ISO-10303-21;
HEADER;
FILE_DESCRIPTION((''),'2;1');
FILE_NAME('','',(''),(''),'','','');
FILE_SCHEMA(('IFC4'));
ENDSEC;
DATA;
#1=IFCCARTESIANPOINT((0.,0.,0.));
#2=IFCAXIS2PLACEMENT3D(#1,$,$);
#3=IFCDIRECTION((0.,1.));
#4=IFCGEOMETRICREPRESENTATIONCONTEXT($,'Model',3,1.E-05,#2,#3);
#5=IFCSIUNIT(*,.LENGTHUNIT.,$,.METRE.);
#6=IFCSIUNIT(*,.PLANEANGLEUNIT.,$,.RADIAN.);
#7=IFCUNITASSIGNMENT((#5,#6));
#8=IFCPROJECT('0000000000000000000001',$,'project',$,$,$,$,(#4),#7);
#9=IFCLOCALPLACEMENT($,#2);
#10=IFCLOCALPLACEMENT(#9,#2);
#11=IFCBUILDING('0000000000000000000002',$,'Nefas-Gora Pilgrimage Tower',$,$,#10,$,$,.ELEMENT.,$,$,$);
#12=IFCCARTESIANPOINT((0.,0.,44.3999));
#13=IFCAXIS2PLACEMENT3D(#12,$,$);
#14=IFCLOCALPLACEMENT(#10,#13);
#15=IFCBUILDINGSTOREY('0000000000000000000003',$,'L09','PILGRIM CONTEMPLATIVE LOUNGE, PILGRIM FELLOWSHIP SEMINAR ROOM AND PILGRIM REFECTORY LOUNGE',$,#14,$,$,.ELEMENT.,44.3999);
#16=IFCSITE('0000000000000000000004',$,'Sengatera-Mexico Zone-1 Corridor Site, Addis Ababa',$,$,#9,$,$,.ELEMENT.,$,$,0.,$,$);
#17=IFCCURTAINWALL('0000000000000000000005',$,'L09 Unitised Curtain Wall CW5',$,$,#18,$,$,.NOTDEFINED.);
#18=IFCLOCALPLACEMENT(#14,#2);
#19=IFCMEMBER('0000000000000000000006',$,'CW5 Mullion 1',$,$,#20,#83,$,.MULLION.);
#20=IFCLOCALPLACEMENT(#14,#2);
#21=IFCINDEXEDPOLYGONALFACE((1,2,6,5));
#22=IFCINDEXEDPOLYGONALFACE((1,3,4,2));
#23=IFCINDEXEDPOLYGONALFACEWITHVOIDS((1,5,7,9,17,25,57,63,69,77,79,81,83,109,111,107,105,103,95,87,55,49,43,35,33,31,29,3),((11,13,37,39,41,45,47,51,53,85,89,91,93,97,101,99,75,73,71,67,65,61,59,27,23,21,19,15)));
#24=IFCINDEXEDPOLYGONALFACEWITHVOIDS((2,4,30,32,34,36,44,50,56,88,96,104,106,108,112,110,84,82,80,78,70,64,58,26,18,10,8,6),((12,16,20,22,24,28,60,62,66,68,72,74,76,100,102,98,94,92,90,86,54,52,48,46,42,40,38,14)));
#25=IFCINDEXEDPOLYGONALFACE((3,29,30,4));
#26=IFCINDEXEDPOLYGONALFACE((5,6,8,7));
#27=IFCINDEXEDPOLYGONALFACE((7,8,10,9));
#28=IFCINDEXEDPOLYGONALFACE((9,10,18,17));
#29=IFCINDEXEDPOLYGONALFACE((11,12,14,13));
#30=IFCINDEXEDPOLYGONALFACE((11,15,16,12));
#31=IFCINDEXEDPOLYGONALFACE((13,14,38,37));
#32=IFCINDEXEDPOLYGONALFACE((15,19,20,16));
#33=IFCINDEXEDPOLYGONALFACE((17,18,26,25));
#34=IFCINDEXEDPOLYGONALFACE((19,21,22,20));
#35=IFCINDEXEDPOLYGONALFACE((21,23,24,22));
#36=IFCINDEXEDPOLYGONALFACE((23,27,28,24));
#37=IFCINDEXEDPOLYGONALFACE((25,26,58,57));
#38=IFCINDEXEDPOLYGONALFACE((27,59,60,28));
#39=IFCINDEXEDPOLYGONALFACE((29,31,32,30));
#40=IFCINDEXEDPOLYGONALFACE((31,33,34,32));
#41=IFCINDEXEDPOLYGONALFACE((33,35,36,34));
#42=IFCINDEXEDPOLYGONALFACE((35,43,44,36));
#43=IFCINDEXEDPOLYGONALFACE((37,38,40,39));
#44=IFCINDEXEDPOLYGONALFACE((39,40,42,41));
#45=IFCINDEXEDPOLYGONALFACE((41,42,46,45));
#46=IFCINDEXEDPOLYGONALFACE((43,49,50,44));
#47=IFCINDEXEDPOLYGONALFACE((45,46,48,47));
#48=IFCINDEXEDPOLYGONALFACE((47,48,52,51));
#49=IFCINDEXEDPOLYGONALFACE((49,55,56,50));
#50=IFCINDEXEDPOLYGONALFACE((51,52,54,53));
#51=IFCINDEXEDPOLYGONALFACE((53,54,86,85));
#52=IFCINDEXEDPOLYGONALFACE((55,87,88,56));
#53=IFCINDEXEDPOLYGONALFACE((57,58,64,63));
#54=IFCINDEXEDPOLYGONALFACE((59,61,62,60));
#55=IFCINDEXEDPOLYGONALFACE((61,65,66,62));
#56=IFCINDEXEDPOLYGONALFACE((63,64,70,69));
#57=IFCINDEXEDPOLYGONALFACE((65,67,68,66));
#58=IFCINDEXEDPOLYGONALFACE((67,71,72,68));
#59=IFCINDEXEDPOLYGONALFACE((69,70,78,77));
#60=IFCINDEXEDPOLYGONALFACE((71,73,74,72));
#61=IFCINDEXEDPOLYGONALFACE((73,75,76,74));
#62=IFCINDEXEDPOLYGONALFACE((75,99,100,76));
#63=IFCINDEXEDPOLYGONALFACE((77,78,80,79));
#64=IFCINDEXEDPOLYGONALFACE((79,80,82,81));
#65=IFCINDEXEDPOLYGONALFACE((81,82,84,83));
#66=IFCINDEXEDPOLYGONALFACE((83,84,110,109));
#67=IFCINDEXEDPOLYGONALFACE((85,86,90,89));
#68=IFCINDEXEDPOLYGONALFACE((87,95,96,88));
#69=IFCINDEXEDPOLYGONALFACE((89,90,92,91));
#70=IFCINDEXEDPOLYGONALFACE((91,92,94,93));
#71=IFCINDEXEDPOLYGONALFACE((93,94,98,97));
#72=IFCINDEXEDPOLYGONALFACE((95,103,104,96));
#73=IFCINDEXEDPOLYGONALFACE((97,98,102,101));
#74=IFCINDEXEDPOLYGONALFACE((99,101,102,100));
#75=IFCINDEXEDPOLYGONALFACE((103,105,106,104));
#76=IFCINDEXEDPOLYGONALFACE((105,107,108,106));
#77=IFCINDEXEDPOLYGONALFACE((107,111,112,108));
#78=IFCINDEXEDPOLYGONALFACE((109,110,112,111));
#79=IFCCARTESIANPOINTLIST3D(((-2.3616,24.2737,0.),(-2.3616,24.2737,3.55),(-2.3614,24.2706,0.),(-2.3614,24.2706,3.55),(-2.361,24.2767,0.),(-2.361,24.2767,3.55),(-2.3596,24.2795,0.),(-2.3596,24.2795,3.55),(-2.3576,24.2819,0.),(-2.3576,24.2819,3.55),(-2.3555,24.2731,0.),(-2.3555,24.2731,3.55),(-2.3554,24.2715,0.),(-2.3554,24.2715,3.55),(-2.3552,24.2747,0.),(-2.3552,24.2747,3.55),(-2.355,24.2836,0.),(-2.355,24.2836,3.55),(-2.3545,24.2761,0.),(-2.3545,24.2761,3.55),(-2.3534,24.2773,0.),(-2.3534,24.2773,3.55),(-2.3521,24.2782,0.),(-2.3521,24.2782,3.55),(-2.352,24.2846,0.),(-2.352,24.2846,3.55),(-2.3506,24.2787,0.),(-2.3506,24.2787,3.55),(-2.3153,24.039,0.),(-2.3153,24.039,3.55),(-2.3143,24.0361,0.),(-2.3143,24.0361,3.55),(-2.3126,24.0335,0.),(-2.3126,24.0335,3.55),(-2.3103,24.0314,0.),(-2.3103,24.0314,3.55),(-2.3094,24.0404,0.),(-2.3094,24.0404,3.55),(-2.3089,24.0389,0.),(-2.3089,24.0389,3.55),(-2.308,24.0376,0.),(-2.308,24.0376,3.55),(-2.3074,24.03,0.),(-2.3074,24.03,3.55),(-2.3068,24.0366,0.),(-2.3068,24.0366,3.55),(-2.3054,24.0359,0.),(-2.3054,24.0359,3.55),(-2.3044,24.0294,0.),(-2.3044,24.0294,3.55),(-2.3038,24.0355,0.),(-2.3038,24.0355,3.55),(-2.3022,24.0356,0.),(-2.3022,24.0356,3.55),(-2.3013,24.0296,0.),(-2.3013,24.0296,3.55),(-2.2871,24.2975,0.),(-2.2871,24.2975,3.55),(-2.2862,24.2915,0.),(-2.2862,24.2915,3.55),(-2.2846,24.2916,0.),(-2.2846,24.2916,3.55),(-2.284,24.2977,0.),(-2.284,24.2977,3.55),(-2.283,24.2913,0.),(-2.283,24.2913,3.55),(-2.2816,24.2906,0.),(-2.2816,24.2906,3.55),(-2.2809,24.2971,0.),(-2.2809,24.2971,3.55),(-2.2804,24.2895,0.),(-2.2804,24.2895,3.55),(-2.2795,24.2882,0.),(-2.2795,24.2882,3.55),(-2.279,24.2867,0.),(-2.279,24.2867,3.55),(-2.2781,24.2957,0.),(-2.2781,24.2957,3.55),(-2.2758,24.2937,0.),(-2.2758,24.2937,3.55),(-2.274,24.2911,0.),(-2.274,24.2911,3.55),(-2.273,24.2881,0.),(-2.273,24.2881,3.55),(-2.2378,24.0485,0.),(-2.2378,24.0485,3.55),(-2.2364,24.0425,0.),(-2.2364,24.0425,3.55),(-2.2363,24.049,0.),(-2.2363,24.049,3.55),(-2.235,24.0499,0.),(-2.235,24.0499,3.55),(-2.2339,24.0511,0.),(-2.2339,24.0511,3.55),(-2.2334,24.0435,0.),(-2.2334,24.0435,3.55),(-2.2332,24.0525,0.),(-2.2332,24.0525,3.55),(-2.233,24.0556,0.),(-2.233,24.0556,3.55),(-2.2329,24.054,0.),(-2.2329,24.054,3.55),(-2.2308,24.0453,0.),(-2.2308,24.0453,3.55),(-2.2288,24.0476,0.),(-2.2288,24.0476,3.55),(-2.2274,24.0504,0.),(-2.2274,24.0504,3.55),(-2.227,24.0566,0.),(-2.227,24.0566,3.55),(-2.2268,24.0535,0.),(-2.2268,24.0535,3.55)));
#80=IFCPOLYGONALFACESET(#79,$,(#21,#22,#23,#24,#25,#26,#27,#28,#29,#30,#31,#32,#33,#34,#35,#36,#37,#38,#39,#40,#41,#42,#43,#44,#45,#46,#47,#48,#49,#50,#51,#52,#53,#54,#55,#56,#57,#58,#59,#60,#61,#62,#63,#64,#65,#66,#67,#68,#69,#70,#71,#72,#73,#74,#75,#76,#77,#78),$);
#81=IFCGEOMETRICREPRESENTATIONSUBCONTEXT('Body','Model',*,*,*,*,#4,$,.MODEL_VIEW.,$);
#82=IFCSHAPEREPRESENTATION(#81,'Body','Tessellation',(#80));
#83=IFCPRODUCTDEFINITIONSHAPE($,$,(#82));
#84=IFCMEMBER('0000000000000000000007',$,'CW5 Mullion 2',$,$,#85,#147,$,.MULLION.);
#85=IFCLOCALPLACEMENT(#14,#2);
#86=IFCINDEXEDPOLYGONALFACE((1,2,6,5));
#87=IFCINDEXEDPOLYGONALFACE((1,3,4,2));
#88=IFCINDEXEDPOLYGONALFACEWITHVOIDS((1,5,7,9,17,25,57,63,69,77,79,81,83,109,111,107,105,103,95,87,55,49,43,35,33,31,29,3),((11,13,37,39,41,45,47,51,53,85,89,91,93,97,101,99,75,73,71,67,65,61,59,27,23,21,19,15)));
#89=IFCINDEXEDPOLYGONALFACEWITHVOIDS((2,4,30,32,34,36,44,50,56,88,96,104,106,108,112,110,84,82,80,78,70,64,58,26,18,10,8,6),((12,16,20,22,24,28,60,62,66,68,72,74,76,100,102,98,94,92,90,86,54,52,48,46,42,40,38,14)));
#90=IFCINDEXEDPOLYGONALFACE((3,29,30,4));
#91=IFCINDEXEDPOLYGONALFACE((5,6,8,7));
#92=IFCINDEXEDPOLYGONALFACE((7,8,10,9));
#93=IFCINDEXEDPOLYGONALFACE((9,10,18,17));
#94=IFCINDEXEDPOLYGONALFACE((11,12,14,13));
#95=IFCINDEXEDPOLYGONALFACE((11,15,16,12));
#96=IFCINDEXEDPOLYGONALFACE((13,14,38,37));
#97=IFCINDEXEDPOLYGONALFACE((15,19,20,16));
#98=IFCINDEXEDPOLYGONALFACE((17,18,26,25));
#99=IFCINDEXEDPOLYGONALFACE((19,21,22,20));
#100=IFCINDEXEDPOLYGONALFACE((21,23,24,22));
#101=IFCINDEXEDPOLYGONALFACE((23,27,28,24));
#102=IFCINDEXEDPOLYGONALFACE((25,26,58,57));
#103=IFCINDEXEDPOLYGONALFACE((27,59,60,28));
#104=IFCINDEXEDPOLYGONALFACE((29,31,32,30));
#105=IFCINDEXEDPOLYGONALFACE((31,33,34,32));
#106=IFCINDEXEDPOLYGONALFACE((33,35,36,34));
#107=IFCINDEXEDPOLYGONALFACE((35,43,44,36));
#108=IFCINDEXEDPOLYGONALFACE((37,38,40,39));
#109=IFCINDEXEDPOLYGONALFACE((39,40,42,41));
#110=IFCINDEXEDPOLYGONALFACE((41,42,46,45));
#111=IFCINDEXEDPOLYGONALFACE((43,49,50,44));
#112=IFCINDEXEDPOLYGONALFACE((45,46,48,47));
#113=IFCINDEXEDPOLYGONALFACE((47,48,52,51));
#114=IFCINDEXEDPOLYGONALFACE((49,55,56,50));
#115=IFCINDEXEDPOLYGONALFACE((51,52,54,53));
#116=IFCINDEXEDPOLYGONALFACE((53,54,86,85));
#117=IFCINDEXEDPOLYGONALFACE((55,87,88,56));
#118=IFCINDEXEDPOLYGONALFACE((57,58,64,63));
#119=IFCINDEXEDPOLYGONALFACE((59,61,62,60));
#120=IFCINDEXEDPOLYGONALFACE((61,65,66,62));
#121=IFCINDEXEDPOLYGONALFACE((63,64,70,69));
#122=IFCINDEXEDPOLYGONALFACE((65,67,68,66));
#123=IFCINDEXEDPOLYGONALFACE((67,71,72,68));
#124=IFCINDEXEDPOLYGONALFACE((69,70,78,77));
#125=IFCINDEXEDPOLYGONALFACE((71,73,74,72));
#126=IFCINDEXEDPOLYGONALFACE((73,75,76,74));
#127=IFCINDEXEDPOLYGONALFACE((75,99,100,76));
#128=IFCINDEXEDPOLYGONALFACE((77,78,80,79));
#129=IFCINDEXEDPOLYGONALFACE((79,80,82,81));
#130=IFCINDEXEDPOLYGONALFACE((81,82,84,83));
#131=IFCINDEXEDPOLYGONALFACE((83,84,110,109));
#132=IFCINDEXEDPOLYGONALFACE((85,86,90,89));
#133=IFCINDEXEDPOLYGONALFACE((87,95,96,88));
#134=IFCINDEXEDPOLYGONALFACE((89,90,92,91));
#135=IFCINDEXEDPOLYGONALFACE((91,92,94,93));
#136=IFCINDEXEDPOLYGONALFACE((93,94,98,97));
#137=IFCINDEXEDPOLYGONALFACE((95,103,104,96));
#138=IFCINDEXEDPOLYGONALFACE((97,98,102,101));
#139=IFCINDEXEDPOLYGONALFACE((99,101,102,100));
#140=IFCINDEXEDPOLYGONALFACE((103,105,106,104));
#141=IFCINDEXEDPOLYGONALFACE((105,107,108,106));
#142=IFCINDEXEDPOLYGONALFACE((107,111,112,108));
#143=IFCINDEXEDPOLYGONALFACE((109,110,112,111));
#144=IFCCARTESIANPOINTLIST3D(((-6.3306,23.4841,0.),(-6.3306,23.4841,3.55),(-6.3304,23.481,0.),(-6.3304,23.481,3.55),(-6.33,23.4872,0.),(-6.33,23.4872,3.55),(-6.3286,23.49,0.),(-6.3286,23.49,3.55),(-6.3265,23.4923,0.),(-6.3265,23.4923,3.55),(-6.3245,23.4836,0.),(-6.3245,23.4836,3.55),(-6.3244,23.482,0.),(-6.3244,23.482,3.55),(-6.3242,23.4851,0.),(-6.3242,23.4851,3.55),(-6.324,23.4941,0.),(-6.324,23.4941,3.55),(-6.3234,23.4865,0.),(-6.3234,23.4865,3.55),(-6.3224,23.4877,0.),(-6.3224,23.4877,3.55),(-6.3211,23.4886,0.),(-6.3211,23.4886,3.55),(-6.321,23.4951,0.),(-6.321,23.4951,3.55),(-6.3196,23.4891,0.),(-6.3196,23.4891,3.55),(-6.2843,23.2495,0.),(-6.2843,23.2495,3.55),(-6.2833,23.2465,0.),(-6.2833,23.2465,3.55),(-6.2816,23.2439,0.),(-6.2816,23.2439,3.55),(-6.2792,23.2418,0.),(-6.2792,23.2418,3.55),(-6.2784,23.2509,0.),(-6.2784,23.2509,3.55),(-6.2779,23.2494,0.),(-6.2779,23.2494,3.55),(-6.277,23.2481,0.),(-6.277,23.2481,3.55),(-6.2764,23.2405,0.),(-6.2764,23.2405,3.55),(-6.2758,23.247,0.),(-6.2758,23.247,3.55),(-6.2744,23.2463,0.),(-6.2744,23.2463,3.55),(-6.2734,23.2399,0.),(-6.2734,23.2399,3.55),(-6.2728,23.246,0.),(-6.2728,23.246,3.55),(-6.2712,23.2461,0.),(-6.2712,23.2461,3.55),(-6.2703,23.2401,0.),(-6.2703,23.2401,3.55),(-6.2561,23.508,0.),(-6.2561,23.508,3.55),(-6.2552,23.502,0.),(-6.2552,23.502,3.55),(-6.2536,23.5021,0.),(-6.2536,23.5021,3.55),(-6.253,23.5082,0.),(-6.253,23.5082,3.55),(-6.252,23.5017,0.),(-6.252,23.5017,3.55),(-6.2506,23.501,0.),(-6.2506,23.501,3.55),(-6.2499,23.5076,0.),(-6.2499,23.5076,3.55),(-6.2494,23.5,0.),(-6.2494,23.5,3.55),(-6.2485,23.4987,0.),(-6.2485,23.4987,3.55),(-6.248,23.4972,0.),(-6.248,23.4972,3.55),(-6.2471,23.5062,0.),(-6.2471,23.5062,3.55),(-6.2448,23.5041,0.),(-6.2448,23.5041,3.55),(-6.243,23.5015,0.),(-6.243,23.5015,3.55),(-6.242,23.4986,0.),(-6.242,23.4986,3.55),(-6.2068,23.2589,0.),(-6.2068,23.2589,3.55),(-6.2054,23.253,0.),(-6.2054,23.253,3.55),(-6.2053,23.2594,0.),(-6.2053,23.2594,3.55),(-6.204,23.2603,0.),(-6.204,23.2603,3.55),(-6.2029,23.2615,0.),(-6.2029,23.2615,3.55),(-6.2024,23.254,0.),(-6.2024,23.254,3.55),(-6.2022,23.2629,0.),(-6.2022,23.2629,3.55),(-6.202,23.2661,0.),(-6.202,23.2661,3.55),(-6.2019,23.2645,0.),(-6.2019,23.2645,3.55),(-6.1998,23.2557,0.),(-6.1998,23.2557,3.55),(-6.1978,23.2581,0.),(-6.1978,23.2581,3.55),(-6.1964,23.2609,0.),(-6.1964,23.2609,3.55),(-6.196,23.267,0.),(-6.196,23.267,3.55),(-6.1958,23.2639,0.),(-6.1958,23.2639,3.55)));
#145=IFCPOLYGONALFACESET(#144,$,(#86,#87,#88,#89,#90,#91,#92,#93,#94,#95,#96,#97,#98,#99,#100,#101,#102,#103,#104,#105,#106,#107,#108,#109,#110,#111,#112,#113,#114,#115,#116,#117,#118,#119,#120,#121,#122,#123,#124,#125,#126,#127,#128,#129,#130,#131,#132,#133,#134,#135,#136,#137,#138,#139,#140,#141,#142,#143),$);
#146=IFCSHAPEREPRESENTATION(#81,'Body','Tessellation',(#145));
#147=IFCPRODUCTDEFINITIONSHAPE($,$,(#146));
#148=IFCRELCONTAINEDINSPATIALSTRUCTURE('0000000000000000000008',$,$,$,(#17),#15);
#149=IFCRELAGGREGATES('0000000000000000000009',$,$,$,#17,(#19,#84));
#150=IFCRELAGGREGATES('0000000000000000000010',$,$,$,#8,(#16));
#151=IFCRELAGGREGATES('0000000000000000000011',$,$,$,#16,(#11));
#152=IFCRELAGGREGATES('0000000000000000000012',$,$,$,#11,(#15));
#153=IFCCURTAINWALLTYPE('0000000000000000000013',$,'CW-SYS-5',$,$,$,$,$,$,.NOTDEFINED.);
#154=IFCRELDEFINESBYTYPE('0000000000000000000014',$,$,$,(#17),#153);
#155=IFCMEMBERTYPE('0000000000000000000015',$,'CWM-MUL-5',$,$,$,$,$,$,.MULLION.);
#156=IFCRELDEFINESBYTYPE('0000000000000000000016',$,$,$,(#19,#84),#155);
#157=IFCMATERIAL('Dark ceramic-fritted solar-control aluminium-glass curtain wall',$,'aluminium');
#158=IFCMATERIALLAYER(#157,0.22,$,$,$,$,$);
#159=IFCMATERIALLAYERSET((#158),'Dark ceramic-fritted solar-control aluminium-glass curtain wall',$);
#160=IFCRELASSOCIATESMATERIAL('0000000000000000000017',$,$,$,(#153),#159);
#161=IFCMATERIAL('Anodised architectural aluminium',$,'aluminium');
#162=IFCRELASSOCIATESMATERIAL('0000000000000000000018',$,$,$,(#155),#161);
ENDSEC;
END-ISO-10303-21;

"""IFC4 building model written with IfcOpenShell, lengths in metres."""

from ifc_helpers import new_model, si_unit, direction, frame, origin, origin_2d, place, context, subcontext, project, spatial, hollow_rectangle, extrude, source, transform, mapped, material, layer, layer_set, material_profile, profile_set, type_object, element, aggregate, save


model = new_model("IFC4")

# Units and contexts
model_context = context("Model", 3, precision=1e-05, world=origin(), true_north=direction((0.0, 1.0)))
body_context = subcontext(model_context, "Body", "Model", "MODEL_VIEW")
ifc_project = project(units=[si_unit("LENGTHUNIT", "METRE"), si_unit("PLANEANGLEUNIT", "RADIAN")], contexts=[model_context])

# Site, building, storey
site_placement = place(None, origin())
site = spatial("IfcSite", under=ifc_project, at=site_placement, Name="Sengatera-Mexico Zone-1 Corridor Site, Addis Ababa", CompositionType="ELEMENT", RefElevation=0.0)
building_placement = place(site_placement, origin())
building = spatial("IfcBuilding", under=site, at=building_placement, Name="Nefas-Gora Pilgrimage Tower", CompositionType="ELEMENT")
storey_placement = place(building_placement, frame((0.0, 0.0, 44.3999)))
storey = spatial("IfcBuildingStorey", under=building, at=storey_placement, Name="L09", Description="PILGRIM CONTEMPLATIVE LOUNGE, PILGRIM FELLOWSHIP SEMINAR ROOM AND PILGRIM REFECTORY LOUNGE", CompositionType="ELEMENT", Elevation=44.3999)

# Curtain wall, members
ifc_material_1 = material(Name="Dark ceramic-fritted solar-control aluminium-glass curtain wall", Category="aluminium")
ifc_layer_1 = layer(ifc_material_1, 0.22)
ifc_layer_set_1 = layer_set([ifc_layer_1], Name="Dark ceramic-fritted solar-control aluminium-glass curtain wall")
curtain_wall_type = type_object("IfcCurtainWallType", Name="CW-SYS-5", PredefinedType="NOTDEFINED", material=ifc_layer_set_1)
curtain_wall_1_placement = place(storey_placement, origin())
curtain_wall_1 = element("IfcCurtainWall", 1, at=curtain_wall_1_placement, inside=storey, type_object=curtain_wall_type, Name="L09 Unitised Curtain Wall CW5", PredefinedType="NOTDEFINED")
ifc_material_2 = material(Name="Anodised architectural aluminium", Category="aluminium")
ifc_material_profile_1 = material_profile(ifc_material_2, hollow_rectangle(XDim=0.0901, YDim=0.26, WallThickness=0.0061, InnerFilletRadius=0.0061, OuterFilletRadius=0.012, at=origin_2d()), Name="ALU MULLION 90x260")
ifc_profile_set_1 = profile_set([ifc_material_profile_1], Name="Anodised architectural aluminium")
member_type_1 = type_object("IfcMemberType", Name="CWM-MUL-5", PredefinedType="MULLION", material=ifc_profile_set_1)
shared_shape_1 = source(origin(), body_context, "Body", "SweptSolid", [
    extrude(hollow_rectangle(XDim=0.0901, YDim=0.26, WallThickness=0.0061, InnerFilletRadius=0.0061, OuterFilletRadius=0.012, at=origin_2d()), origin(), (0.0, 0.0, 1.0), 3.55),
])
member_1_placement = place(storey_placement, frame((-2.2942, 24.1636, 0.0), z_axis=(0.0, 0.0, 1.0), x_axis=(-0.980783, -0.195102, 0.0)))
member_1 = element("IfcMember", 2, at=member_1_placement, type_object=member_type_1, Name="CW5 Mullion 1", PredefinedType="MULLION", context=body_context, shape_type="MappedRepresentation", body=[
    mapped(shared_shape_1, transform((0.0, 0.0, 0.0), x_axis=(1.0, 0.0, 0.0), y_axis=(0.0, 1.0, 0.0), z_axis=(0.0, 0.0, 1.0), scale=1.0)),
])
member_2_placement = place(storey_placement, frame((-6.2632, 23.374, 0.0), z_axis=(0.0, 0.0, 1.0), x_axis=(-0.980783, -0.195102, 0.0)))
member_2 = element("IfcMember", 3, at=member_2_placement, type_object=member_type_1, Name="CW5 Mullion 2", PredefinedType="MULLION", context=body_context, shape_type="MappedRepresentation", body=[
    mapped(shared_shape_1, transform((0.0, 0.0, 0.0), x_axis=(1.0, 0.0, 0.0), y_axis=(0.0, 1.0, 0.0), z_axis=(0.0, 0.0, 1.0), scale=1.0)),
])

aggregate(curtain_wall_1, [member_1, member_2])

save(model, "model.ifc")
